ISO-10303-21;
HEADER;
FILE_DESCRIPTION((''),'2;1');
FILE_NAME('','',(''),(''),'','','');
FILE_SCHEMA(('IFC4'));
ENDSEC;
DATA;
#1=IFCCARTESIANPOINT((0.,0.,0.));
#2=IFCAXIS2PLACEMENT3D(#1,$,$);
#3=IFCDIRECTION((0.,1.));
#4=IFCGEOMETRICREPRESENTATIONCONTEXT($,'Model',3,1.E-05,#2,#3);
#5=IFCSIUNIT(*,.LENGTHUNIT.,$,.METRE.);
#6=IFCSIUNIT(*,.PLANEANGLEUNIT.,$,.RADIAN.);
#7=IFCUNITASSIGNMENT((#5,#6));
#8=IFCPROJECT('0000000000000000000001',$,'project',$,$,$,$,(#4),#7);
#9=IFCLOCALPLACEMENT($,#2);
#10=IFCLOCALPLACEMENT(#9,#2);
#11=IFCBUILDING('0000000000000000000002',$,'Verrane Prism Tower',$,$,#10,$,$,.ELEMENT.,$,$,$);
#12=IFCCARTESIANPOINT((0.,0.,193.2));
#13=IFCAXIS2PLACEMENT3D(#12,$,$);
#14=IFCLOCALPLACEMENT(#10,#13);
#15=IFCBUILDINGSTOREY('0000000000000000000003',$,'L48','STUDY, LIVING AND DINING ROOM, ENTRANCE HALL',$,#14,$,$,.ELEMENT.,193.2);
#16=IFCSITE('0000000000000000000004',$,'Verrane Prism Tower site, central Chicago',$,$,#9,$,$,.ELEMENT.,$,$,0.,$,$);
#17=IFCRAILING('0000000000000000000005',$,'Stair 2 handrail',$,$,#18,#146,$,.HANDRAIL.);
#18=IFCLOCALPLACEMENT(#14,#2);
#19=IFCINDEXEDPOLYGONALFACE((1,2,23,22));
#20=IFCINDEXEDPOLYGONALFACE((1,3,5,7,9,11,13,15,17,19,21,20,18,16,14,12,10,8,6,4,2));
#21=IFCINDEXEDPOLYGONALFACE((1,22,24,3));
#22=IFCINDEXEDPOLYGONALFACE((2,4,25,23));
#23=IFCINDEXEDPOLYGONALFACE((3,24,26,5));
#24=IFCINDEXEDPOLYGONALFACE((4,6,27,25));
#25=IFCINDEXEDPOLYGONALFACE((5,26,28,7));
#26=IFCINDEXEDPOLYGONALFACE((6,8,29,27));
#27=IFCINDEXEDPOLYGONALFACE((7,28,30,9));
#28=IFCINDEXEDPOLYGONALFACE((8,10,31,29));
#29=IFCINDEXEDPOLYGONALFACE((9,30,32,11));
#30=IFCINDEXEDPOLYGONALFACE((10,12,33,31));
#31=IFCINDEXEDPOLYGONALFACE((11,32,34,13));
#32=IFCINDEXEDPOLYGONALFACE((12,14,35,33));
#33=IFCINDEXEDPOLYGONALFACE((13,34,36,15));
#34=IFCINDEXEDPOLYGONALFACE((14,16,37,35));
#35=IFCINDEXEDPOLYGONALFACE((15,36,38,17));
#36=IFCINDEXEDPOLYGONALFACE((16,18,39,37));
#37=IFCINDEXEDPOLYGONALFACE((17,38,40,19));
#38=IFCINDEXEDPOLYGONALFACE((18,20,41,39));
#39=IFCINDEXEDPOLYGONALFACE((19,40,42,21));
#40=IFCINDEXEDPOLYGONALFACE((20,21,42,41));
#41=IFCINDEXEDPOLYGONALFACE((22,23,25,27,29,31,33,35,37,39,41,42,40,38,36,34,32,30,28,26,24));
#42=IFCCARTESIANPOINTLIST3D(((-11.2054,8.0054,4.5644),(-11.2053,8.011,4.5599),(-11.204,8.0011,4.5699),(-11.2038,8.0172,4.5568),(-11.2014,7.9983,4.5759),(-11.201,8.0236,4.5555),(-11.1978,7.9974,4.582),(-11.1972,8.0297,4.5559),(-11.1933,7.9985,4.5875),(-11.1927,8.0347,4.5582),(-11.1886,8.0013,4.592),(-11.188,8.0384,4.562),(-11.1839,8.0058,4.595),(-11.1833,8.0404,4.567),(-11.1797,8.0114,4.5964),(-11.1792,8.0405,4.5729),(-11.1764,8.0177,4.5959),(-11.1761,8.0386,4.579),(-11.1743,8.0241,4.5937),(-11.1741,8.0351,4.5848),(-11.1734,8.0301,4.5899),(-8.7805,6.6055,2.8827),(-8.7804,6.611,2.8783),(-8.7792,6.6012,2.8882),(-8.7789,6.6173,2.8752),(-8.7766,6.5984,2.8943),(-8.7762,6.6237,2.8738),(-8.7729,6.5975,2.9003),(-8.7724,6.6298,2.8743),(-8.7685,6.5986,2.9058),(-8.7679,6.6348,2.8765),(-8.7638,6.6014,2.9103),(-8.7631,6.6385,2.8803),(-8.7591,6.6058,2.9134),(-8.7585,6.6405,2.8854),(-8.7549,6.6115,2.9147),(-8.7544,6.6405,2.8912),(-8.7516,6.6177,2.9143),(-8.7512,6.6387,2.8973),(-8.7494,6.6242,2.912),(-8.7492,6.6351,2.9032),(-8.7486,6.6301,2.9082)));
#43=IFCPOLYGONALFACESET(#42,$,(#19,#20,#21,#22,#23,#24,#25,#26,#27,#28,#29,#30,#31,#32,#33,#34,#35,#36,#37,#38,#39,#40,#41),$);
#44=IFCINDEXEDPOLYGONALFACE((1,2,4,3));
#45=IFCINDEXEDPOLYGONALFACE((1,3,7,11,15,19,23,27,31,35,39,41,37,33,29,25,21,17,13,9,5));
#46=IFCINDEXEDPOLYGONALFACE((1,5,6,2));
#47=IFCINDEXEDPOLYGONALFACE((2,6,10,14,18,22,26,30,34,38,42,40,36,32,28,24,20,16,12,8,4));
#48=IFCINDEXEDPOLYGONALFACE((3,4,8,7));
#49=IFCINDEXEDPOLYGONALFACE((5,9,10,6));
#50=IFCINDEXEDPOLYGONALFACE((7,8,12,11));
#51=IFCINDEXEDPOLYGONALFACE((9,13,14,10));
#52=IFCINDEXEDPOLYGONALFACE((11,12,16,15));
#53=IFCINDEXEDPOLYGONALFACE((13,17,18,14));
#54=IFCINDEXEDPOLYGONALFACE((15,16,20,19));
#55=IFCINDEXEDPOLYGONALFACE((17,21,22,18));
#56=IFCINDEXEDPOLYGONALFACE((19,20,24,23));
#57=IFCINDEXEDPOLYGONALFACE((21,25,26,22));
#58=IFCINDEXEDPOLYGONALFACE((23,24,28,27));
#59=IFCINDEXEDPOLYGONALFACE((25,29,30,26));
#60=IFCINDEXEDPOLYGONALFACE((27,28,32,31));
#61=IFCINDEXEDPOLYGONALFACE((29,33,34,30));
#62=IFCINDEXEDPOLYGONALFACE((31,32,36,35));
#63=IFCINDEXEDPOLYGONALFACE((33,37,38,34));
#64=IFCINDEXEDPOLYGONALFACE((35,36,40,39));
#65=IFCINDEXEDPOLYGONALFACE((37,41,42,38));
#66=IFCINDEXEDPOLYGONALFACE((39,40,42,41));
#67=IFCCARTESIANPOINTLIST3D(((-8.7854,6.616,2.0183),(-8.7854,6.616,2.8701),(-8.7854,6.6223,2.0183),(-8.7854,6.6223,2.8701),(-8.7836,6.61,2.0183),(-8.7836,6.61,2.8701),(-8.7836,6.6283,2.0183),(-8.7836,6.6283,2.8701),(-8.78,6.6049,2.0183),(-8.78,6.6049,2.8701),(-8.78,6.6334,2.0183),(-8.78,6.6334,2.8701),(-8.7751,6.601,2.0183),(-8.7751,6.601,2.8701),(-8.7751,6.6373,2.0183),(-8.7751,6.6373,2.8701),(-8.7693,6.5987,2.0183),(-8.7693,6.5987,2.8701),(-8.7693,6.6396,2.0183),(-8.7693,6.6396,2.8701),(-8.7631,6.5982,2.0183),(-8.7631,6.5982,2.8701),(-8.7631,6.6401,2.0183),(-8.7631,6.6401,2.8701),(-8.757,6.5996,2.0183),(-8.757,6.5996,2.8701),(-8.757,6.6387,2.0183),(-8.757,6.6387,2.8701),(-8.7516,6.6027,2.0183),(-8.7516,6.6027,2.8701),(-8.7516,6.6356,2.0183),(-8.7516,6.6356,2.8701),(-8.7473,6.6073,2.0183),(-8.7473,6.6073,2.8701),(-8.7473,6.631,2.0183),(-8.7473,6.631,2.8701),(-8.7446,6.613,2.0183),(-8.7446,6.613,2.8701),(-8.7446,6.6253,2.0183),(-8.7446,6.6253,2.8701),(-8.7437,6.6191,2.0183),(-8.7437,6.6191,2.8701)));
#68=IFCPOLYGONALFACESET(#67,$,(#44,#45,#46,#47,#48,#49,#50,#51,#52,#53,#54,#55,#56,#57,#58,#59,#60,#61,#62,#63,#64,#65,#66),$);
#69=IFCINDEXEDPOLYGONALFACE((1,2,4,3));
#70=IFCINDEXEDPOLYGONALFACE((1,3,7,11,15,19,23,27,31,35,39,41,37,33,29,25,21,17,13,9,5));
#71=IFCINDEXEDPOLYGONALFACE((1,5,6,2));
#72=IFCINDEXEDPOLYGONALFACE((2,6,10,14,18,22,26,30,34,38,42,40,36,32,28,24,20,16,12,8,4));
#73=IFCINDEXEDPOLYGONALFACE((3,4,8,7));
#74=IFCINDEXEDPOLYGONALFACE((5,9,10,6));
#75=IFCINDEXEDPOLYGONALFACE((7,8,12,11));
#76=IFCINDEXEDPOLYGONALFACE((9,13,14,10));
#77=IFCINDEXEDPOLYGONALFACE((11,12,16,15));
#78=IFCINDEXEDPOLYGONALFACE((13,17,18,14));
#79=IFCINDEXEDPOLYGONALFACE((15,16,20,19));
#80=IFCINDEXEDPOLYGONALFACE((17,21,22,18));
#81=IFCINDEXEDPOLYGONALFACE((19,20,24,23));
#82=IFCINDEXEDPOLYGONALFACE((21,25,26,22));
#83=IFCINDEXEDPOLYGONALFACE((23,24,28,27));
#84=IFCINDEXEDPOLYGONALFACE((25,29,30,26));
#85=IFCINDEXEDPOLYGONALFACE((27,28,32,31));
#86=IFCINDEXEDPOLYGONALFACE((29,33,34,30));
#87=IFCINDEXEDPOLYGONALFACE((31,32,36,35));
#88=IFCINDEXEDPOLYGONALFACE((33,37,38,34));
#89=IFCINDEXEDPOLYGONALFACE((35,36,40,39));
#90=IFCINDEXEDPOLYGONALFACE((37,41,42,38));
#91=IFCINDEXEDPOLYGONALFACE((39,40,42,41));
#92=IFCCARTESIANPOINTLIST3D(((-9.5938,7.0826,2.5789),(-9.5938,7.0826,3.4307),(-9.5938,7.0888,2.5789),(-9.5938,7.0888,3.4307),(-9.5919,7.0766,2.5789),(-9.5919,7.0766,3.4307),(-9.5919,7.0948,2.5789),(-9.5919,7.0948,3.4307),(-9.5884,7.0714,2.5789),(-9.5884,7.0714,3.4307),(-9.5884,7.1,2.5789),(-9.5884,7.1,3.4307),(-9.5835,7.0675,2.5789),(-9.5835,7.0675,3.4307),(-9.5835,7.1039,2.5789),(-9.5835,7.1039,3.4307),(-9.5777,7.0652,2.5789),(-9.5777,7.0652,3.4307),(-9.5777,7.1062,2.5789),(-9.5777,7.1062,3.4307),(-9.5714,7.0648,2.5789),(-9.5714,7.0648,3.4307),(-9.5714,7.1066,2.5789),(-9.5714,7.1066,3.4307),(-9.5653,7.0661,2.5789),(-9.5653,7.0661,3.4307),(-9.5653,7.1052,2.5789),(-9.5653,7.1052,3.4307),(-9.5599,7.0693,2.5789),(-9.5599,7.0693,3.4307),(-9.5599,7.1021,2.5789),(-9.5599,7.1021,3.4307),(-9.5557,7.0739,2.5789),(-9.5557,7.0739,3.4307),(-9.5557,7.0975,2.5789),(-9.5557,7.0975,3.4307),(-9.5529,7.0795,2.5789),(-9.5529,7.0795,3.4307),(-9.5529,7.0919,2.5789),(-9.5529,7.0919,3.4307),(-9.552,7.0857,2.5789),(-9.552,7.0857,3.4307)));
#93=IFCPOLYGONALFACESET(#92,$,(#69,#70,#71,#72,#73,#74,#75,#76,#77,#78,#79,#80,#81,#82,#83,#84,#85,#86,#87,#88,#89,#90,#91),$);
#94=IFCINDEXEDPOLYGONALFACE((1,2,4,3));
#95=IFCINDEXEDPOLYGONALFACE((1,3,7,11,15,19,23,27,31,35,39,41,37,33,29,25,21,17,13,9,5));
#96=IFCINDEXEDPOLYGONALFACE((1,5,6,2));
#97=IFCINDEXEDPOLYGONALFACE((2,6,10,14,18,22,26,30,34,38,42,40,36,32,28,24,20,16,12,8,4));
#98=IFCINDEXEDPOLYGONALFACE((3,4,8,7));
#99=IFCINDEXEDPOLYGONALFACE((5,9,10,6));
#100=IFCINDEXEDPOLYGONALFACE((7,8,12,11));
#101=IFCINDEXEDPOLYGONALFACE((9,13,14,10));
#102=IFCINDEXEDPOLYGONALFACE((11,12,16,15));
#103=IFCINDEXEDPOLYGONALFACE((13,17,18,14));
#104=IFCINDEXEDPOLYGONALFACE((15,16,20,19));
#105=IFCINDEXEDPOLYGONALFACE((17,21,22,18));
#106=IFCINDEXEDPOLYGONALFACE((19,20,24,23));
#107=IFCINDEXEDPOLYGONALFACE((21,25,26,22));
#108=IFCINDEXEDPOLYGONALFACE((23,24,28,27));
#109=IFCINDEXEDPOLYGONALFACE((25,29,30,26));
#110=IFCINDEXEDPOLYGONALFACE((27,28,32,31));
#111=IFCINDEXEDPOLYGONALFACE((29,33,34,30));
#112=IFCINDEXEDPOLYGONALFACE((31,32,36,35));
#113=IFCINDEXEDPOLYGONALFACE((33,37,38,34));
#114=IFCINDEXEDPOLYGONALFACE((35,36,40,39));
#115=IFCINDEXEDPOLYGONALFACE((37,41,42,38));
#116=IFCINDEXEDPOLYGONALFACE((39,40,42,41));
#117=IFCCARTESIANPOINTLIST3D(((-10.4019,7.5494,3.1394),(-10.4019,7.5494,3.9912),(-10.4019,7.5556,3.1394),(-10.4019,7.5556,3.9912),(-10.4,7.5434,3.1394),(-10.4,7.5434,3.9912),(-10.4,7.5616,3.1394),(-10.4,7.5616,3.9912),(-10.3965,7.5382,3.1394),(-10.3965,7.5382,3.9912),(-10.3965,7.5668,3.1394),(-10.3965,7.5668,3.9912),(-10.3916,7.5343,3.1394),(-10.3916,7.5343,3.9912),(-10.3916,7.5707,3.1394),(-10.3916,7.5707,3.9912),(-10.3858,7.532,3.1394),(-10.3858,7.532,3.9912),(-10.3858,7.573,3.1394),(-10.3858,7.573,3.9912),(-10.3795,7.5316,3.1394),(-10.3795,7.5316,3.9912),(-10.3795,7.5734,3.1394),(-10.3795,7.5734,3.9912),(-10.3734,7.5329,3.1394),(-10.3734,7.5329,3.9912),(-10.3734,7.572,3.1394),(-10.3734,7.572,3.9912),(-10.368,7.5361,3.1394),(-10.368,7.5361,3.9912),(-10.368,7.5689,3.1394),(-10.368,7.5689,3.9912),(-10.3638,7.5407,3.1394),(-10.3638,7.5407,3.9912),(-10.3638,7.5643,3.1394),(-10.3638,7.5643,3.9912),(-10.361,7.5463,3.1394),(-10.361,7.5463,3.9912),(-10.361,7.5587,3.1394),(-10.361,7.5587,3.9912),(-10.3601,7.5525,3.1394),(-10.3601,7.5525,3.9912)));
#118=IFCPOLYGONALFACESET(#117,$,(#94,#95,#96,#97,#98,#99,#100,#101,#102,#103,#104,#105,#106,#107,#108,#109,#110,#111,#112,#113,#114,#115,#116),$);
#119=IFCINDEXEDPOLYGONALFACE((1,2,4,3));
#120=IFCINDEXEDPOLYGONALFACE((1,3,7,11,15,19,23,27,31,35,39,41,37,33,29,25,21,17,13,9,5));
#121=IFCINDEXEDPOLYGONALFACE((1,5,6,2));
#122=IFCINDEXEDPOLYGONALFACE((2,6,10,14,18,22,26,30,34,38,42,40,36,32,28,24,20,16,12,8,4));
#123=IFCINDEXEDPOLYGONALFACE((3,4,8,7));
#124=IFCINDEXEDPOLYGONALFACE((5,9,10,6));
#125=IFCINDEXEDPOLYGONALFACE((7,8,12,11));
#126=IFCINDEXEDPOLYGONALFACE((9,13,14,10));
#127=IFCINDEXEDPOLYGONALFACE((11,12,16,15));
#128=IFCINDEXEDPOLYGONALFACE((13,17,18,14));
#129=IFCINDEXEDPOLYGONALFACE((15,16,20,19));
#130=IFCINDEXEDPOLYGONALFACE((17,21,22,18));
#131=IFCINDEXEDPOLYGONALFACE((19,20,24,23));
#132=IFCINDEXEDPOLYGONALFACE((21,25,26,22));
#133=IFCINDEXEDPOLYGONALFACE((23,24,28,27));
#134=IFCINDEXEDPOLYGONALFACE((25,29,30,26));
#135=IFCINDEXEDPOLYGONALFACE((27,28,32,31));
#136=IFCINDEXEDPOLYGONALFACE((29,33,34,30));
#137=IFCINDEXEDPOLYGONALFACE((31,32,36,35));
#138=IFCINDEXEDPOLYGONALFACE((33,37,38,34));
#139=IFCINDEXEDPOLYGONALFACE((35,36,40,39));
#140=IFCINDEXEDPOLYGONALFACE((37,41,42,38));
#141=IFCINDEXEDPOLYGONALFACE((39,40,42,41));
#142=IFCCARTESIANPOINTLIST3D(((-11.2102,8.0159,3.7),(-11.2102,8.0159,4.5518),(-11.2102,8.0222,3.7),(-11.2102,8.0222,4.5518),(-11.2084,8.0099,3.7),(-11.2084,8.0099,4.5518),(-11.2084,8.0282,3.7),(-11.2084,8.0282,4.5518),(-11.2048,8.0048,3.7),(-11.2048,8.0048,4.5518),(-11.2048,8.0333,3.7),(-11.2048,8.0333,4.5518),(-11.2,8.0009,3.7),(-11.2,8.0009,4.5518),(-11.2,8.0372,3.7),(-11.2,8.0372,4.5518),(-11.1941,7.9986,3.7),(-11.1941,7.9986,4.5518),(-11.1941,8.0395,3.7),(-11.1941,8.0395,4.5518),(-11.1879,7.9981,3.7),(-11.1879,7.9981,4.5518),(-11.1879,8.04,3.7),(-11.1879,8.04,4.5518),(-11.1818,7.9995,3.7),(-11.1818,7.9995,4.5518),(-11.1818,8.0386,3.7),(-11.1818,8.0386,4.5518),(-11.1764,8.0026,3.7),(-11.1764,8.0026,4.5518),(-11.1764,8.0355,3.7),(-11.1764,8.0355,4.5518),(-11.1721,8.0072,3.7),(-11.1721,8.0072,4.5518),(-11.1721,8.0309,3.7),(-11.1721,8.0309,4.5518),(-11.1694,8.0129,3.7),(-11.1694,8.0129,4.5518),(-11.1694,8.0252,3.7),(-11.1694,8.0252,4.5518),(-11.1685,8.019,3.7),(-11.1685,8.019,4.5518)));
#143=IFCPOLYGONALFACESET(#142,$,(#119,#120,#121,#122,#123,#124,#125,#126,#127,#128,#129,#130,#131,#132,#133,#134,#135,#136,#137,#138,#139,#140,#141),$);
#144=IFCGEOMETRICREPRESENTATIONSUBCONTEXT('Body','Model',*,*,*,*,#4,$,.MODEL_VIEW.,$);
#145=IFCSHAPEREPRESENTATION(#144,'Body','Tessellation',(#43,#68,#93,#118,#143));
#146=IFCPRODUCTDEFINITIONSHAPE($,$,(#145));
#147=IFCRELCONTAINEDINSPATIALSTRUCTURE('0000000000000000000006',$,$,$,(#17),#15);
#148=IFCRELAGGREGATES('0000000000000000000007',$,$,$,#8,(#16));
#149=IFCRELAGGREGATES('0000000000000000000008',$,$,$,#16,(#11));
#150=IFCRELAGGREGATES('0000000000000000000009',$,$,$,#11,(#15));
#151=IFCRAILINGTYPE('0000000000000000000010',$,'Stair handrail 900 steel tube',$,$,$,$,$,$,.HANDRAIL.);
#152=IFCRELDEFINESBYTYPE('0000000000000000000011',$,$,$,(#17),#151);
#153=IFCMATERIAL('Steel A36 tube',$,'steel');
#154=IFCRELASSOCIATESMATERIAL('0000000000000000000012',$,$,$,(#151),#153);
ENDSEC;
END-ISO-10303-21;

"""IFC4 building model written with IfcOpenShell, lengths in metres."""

from ifc_helpers import new_model, si_unit, direction, frame, origin, origin_2d, place, context, subcontext, project, spatial, circle, extrude, material, type_object, element, save


model = new_model("IFC4")

# Units and contexts
model_context = context("Model", 3, precision=1e-05, world=origin(), true_north=direction((0.0, 1.0)))
body_context = subcontext(model_context, "Body", "Model", "MODEL_VIEW")
ifc_project = project(units=[si_unit("LENGTHUNIT", "METRE"), si_unit("PLANEANGLEUNIT", "RADIAN")], contexts=[model_context])

# Site, building, storey
site_placement = place(None, origin())
site = spatial("IfcSite", under=ifc_project, at=site_placement, Name="Verrane Prism Tower site, central Chicago", CompositionType="ELEMENT", RefElevation=0.0)
building_placement = place(site_placement, origin())
building = spatial("IfcBuilding", under=site, at=building_placement, Name="Verrane Prism Tower", CompositionType="ELEMENT")
storey_placement = place(building_placement, frame((0.0, 0.0, 193.2)))
storey = spatial("IfcBuildingStorey", under=building, at=storey_placement, Name="L48", Description="STUDY, LIVING AND DINING ROOM, ENTRANCE HALL", CompositionType="ELEMENT", Elevation=193.2)

# Railing
ifc_material_1 = material(Name="Steel A36 tube", Category="steel")
railing_type_1 = type_object("IfcRailingType", Name="Stair handrail 900 steel tube", PredefinedType="HANDRAIL", material=ifc_material_1)
railing_1_placement = place(storey_placement, frame((-8.7646, 6.6191, 2.0183)))
element("IfcRailing", 1, at=railing_1_placement, inside=storey, type_object=railing_type_1, Name="Stair 2 handrail", PredefinedType="HANDRAIL", context=body_context, shape_type="SweptSolid", body=[
    extrude(circle(Radius=0.0239, at=origin_2d()), frame((0.0, 0.0, 0.876), z_axis=(-0.742419, 0.428618, 0.514879), x_axis=(-0.499984, -0.866035, 0.0)), (0.0, 0.0, 1.0), 3.2661),
    extrude(circle(Radius=0.021, at=origin_2d()), origin(), (0.0, 0.0, 1.0), 0.8518),
    extrude(circle(Radius=0.021, at=origin_2d()), frame((-0.8083, 0.4666, 0.5605)), (0.0, 0.0, 1.0), 0.8518),
    extrude(circle(Radius=0.021, at=origin_2d()), frame((-1.6165, 0.9333, 1.1211)), (0.0, 0.0, 1.0), 0.8518),
    extrude(circle(Radius=0.021, at=origin_2d()), frame((-2.4248, 1.3999, 1.6816)), (0.0, 0.0, 1.0), 0.8518),
])

save(model, "model.ifc")
